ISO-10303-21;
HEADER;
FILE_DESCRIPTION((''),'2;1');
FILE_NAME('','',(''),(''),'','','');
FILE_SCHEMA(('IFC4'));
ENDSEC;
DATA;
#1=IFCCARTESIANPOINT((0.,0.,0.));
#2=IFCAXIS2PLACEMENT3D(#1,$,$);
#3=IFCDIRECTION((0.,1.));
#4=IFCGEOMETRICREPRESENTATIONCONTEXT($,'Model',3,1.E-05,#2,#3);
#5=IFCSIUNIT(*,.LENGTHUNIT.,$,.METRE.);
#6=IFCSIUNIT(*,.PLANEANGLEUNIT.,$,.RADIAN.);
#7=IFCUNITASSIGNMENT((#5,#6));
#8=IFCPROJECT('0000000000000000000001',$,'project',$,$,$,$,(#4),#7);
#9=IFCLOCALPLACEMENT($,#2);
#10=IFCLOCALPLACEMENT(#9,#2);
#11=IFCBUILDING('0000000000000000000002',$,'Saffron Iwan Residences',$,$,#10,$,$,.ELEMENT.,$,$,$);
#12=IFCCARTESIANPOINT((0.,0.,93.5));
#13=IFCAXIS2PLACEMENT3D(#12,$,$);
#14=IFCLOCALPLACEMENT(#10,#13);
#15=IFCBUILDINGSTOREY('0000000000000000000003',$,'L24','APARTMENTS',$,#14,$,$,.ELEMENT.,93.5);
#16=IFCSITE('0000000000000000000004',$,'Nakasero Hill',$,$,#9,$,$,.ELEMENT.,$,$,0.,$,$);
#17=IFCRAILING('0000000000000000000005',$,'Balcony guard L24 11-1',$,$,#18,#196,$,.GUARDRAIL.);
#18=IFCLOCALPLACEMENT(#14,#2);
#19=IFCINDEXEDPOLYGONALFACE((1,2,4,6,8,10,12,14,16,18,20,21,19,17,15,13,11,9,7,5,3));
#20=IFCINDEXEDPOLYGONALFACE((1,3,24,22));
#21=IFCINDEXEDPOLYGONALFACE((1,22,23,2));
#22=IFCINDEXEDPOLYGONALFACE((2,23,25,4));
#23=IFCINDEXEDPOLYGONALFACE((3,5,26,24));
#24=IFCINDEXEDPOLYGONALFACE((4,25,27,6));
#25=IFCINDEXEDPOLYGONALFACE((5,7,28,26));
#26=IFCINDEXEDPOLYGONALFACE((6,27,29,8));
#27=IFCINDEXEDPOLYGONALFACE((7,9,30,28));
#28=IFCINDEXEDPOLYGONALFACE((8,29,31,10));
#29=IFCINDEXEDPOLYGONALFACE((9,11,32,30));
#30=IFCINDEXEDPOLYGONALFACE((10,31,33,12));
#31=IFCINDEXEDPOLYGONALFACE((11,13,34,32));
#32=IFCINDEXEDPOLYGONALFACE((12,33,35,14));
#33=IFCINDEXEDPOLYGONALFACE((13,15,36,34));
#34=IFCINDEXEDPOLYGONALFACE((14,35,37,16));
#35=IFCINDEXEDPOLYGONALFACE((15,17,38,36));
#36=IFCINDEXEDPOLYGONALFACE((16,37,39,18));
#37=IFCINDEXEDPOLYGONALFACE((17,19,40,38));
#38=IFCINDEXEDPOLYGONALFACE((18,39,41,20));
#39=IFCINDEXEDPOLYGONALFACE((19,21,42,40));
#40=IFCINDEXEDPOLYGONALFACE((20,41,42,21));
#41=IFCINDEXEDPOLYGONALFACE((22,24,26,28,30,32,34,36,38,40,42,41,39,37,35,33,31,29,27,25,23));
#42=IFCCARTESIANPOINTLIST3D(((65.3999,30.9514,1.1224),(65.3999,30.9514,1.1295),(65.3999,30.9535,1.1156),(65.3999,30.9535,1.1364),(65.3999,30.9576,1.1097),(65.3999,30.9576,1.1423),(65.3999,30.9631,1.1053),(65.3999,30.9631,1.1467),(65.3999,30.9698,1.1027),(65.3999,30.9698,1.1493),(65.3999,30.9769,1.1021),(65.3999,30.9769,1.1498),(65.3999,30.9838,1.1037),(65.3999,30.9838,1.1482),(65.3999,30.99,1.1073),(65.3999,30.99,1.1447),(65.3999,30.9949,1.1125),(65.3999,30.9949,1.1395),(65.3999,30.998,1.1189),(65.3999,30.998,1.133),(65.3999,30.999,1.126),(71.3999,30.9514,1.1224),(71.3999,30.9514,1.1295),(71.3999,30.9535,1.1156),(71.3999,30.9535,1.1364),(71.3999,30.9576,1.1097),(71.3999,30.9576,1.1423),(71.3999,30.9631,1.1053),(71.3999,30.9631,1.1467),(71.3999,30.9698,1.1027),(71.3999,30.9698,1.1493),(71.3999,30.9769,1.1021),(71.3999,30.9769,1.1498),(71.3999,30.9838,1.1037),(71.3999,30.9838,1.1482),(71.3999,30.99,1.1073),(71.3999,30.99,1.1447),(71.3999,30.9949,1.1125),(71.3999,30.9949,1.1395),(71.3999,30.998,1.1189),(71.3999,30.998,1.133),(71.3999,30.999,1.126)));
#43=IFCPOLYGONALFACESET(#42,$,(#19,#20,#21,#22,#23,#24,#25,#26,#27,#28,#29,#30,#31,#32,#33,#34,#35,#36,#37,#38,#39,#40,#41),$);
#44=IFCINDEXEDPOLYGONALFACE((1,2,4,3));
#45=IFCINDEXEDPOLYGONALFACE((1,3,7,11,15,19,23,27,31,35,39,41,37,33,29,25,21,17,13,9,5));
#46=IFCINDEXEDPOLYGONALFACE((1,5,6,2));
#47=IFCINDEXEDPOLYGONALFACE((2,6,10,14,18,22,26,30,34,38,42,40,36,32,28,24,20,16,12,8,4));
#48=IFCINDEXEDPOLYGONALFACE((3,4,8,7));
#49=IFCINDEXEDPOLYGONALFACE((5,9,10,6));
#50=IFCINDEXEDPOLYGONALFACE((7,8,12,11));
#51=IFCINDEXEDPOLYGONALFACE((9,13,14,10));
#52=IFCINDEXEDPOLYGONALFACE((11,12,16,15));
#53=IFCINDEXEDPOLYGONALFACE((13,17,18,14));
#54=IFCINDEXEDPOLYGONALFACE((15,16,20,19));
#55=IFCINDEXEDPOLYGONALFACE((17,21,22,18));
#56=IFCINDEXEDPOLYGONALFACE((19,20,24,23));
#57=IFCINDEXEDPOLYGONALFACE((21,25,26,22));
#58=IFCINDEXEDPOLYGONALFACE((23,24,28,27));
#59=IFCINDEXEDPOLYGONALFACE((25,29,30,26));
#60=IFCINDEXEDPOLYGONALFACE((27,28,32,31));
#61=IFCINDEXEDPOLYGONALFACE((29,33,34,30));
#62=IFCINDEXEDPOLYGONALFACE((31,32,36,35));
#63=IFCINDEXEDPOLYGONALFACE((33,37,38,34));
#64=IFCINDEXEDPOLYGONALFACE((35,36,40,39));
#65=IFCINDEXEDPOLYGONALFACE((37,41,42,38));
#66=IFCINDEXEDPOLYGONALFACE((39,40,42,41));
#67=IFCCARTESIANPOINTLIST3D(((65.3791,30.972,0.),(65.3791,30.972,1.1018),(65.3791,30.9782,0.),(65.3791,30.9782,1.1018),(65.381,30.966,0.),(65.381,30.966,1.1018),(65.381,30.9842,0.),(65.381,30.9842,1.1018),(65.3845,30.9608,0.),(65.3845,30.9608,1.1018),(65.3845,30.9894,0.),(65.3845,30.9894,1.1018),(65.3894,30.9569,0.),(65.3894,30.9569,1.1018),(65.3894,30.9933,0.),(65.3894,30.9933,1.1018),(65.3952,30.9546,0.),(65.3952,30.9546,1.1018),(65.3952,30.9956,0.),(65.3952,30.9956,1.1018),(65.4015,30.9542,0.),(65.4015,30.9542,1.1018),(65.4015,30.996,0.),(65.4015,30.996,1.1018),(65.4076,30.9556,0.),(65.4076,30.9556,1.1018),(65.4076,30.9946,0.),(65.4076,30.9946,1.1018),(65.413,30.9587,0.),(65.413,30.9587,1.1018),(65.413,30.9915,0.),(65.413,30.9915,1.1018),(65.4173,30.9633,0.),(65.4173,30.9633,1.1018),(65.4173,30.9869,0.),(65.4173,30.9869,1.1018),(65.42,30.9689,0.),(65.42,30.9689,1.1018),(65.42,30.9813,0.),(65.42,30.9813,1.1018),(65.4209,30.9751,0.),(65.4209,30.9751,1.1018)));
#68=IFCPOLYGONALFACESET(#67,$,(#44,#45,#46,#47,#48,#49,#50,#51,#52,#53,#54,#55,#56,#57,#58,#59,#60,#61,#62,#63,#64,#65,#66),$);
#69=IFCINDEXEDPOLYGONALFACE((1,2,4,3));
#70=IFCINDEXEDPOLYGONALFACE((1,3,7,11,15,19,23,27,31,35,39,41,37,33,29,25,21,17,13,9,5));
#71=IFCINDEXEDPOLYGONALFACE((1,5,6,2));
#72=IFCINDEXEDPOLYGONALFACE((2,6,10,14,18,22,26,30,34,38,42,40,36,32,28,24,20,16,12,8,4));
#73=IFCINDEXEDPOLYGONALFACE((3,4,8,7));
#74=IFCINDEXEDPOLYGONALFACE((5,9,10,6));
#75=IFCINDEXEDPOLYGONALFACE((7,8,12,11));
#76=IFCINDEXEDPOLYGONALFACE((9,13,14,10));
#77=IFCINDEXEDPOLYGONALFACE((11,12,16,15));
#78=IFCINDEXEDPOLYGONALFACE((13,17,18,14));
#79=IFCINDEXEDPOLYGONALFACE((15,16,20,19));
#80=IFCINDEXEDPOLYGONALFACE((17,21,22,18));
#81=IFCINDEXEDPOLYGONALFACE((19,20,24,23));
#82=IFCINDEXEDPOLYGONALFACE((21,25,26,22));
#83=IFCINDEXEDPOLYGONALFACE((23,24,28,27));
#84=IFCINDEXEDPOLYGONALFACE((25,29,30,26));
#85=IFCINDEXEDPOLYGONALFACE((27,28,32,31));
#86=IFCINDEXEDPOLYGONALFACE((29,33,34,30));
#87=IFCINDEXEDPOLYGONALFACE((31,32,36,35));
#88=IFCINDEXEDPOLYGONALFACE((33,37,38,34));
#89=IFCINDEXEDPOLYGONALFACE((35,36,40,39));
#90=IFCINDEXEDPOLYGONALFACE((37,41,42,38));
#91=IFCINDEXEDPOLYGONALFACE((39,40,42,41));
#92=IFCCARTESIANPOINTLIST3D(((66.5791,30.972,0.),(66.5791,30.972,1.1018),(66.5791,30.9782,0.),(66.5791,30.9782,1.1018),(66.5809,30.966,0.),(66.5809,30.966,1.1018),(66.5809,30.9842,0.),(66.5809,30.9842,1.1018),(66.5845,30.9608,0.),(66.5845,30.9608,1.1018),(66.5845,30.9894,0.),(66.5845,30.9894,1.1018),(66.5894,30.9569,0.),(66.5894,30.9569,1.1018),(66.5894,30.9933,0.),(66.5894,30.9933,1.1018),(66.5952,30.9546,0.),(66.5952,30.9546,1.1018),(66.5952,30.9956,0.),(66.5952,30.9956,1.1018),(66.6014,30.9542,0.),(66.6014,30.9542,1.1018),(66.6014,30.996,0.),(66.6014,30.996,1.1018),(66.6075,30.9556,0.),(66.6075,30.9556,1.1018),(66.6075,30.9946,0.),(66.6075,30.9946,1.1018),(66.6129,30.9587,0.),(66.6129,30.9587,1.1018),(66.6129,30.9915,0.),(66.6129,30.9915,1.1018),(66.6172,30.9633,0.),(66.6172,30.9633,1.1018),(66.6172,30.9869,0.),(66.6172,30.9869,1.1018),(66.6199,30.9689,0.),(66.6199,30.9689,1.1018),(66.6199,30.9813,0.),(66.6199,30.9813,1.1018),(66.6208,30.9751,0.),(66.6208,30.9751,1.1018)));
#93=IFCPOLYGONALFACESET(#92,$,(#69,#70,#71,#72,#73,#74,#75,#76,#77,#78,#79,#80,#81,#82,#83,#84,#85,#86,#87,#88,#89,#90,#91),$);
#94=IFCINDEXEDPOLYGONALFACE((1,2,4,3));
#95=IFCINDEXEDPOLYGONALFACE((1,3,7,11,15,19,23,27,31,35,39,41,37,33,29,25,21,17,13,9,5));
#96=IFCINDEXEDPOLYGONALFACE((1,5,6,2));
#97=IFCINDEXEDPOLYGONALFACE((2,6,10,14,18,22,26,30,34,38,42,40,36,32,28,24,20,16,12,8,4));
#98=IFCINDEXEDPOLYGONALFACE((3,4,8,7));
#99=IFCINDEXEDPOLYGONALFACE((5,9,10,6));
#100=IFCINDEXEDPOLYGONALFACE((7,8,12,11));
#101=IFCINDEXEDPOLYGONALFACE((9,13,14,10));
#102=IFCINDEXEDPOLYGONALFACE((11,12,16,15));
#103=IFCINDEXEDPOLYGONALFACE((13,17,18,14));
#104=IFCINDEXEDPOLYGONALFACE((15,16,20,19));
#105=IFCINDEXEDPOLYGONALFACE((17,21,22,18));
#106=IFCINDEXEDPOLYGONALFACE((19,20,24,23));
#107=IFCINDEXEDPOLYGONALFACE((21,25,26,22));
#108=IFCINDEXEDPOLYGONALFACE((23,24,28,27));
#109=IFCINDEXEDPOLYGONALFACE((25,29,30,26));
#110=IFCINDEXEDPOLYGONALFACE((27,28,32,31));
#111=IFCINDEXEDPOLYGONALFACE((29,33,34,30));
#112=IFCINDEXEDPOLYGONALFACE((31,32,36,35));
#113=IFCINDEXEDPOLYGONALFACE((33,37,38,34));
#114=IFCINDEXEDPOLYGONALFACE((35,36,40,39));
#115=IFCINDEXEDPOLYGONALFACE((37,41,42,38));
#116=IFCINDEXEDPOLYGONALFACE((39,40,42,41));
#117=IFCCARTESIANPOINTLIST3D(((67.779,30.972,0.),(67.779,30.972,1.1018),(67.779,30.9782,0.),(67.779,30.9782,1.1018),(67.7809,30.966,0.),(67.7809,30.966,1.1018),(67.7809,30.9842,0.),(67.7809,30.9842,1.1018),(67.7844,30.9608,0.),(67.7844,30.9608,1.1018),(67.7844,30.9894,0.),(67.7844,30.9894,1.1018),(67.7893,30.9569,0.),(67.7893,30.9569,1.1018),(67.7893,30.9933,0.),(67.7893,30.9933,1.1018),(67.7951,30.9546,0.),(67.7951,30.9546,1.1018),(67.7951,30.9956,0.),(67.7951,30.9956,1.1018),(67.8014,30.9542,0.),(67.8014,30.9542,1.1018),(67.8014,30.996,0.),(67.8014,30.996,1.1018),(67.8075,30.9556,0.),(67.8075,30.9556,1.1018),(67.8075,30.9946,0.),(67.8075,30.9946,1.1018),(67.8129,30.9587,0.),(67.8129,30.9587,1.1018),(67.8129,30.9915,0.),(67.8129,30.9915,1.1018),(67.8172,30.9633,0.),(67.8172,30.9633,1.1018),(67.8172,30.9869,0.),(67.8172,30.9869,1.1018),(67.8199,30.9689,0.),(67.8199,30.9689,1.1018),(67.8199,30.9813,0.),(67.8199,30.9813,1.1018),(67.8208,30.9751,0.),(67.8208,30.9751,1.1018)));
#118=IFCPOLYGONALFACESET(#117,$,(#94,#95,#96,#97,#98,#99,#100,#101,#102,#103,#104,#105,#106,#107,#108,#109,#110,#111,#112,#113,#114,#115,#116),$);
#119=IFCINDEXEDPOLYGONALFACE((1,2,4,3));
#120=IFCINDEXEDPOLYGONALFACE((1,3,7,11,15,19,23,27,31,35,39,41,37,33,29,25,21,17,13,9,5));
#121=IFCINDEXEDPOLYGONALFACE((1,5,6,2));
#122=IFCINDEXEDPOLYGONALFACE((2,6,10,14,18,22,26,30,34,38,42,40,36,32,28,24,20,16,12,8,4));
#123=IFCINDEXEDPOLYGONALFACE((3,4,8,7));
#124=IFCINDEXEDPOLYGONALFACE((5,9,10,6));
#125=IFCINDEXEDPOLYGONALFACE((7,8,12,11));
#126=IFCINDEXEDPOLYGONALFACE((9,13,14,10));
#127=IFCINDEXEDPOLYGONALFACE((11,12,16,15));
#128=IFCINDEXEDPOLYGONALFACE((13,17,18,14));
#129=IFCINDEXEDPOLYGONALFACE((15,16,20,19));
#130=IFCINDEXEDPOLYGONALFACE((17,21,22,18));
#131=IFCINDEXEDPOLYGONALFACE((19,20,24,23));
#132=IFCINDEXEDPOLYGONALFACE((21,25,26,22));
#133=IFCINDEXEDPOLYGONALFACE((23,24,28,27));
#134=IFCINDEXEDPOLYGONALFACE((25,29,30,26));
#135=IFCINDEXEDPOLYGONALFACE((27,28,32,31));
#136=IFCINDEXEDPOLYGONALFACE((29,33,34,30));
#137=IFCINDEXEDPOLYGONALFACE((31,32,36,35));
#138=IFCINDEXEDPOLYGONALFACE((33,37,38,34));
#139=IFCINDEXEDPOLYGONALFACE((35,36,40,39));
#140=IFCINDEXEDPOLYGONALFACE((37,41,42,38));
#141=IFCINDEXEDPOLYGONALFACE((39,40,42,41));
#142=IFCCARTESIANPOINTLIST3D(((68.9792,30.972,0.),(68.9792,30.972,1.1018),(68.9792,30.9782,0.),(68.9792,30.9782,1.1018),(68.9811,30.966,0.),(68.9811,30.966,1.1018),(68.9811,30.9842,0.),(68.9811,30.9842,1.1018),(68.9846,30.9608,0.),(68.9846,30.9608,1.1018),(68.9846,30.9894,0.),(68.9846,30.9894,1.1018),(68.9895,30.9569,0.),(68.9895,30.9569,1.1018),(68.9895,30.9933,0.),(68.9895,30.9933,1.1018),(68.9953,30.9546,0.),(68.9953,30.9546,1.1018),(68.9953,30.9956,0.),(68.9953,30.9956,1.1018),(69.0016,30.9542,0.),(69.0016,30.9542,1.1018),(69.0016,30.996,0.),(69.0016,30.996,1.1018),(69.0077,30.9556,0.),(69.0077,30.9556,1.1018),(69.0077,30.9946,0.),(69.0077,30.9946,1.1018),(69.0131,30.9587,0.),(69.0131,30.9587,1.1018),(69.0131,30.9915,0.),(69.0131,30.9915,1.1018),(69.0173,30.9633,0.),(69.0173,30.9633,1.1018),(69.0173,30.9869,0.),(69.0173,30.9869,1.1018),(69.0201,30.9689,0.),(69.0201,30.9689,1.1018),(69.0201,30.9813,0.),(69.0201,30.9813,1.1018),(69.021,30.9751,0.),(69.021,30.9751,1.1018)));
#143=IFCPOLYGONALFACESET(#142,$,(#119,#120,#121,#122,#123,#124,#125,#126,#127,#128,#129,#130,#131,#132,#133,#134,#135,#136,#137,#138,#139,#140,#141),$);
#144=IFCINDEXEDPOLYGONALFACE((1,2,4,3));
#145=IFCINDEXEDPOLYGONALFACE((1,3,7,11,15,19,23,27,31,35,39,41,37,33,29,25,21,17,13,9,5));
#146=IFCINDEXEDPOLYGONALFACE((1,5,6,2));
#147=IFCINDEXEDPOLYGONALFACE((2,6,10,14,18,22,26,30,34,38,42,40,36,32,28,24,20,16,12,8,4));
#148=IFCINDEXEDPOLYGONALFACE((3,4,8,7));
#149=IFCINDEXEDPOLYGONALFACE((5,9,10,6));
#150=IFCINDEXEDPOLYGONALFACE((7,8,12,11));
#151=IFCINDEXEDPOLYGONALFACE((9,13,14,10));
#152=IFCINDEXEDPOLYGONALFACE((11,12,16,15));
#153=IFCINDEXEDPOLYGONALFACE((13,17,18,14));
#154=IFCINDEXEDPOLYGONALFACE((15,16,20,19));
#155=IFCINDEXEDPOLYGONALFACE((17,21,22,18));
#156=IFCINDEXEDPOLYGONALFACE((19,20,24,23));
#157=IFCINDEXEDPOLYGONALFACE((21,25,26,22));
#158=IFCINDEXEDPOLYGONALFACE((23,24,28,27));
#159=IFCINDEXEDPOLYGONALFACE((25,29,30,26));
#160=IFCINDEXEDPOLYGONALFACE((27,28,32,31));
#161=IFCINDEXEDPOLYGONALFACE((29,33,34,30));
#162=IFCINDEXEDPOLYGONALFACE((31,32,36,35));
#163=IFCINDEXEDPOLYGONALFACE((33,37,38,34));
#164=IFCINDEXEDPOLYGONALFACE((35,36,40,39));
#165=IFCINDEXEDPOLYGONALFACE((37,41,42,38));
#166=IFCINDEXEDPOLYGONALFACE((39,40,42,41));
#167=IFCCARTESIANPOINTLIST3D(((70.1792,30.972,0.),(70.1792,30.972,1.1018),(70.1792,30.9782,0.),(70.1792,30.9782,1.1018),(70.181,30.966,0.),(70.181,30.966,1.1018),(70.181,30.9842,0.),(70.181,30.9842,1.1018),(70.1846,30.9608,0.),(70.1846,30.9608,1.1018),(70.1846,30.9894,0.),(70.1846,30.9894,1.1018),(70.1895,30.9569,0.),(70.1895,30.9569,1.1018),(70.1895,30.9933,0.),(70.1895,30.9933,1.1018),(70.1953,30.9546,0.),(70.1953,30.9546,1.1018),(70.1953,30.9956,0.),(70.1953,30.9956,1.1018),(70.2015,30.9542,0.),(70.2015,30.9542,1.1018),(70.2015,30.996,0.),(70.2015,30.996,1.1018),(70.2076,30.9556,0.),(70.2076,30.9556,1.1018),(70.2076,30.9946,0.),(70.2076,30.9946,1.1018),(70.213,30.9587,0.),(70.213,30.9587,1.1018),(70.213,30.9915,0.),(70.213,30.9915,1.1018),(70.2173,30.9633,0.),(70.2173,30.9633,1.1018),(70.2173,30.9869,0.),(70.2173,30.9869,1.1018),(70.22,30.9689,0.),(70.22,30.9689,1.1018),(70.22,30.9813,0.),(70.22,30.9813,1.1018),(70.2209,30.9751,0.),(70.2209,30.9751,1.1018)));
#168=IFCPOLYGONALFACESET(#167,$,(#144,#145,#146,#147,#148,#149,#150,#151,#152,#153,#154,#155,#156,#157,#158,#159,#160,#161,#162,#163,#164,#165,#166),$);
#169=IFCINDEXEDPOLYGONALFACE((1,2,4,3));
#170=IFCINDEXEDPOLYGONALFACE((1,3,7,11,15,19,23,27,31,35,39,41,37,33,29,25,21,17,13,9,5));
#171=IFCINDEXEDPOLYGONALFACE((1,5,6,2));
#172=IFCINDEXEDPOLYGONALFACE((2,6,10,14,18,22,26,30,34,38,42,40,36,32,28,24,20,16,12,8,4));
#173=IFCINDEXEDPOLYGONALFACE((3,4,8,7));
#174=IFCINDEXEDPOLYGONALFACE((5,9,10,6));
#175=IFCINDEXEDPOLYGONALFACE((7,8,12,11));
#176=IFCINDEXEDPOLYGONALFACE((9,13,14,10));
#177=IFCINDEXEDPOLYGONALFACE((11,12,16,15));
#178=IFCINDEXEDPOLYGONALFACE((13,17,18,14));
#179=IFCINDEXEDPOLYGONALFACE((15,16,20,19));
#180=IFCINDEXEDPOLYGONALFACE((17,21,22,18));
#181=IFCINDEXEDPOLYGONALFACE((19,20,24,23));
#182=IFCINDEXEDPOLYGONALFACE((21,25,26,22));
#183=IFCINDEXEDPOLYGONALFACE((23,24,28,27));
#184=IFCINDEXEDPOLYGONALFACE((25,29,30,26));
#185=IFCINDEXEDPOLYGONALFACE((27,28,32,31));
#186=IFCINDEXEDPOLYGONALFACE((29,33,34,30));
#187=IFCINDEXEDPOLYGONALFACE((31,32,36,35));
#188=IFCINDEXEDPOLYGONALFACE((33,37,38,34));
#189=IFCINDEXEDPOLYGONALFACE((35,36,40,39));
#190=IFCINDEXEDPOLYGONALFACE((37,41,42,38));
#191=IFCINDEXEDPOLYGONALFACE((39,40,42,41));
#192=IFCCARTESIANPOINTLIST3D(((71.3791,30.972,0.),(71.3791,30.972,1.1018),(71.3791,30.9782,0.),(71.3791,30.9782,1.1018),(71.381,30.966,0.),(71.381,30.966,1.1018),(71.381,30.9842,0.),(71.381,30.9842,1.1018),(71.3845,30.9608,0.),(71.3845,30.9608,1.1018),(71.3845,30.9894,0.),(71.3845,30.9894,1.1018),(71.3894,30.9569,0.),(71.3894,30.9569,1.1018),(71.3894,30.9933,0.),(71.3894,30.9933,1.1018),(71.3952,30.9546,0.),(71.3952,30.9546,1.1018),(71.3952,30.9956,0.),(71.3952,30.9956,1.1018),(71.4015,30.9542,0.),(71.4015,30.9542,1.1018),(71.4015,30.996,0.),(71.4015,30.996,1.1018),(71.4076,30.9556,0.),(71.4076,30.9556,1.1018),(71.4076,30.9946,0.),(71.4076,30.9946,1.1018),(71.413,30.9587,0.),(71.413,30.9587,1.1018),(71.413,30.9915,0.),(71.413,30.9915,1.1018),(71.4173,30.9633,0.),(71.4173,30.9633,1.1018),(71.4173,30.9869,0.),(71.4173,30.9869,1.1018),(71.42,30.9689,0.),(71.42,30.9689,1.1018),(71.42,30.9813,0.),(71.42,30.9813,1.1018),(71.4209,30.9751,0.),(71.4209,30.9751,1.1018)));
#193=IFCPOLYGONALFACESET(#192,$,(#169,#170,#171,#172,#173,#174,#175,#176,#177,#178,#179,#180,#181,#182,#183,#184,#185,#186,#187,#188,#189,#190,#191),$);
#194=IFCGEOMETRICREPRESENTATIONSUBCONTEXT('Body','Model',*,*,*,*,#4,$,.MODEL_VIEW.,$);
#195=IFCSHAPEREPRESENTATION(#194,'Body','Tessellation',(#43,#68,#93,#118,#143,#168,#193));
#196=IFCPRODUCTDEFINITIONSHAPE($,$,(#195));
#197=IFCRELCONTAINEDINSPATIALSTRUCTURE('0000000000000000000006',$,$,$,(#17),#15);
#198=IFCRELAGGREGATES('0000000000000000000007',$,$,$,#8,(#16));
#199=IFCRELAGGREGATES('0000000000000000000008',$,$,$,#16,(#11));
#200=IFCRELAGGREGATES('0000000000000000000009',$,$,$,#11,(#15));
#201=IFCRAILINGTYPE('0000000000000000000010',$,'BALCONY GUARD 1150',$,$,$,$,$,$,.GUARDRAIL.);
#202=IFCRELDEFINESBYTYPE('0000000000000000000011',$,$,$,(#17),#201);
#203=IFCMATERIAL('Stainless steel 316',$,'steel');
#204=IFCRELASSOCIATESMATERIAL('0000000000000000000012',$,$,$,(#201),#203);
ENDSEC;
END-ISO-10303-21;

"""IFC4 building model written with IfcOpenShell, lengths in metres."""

from ifc_helpers import new_model, si_unit, direction, frame, origin, origin_2d, place, context, subcontext, project, spatial, circle, extrude, material, type_object, element, save


model = new_model("IFC4")

# Units and contexts
model_context = context("Model", 3, precision=1e-05, world=origin(), true_north=direction((0.0, 1.0)))
body_context = subcontext(model_context, "Body", "Model", "MODEL_VIEW")
ifc_project = project(units=[si_unit("LENGTHUNIT", "METRE"), si_unit("PLANEANGLEUNIT", "RADIAN")], contexts=[model_context])

# Site, building, storey
site_placement = place(None, origin())
site = spatial("IfcSite", under=ifc_project, at=site_placement, Name="Nakasero Hill", CompositionType="ELEMENT", RefElevation=0.0)
building_placement = place(site_placement, origin())
building = spatial("IfcBuilding", under=site, at=building_placement, Name="Saffron Iwan Residences", CompositionType="ELEMENT")
storey_placement = place(building_placement, frame((0.0, 0.0, 93.5)))
storey = spatial("IfcBuildingStorey", under=building, at=storey_placement, Name="L24", Description="APARTMENTS", CompositionType="ELEMENT", Elevation=93.5)

# Railing
ifc_material_1 = material(Name="Stainless steel 316", Category="steel")
railing_type = type_object("IfcRailingType", Name="BALCONY GUARD 1150", PredefinedType="GUARDRAIL", material=ifc_material_1)
railing_placement = place(storey_placement, frame((65.3999, 30.9751, 0.0)))
element("IfcRailing", 1, at=railing_placement, inside=storey, type_object=railing_type, Name="Balcony guard L24 11-1", PredefinedType="GUARDRAIL", context=body_context, shape_type="SweptSolid", body=[
    extrude(circle(Radius=0.0239, at=origin_2d()), frame((0.0, 0.0, 1.126), z_axis=(1.0, 0.0, 0.0), x_axis=(0.0, 1.0, 0.0)), (0.0, 0.0, 1.0), 6.0),
    extrude(circle(Radius=0.021, at=origin_2d()), origin(), (0.0, 0.0, 1.0), 1.1018),
    extrude(circle(Radius=0.021, at=origin_2d()), frame((1.2, 0.0, 0.0)), (0.0, 0.0, 1.0), 1.1018),
    extrude(circle(Radius=0.021, at=origin_2d()), frame((2.3999, 0.0, 0.0)), (0.0, 0.0, 1.0), 1.1018),
    extrude(circle(Radius=0.021, at=origin_2d()), frame((3.6001, 0.0, 0.0)), (0.0, 0.0, 1.0), 1.1018),
    extrude(circle(Radius=0.021, at=origin_2d()), frame((4.8, 0.0, 0.0)), (0.0, 0.0, 1.0), 1.1018),
    extrude(circle(Radius=0.021, at=origin_2d()), frame((6.0, 0.0, 0.0)), (0.0, 0.0, 1.0), 1.1018),
])

save(model, "model.ifc")
